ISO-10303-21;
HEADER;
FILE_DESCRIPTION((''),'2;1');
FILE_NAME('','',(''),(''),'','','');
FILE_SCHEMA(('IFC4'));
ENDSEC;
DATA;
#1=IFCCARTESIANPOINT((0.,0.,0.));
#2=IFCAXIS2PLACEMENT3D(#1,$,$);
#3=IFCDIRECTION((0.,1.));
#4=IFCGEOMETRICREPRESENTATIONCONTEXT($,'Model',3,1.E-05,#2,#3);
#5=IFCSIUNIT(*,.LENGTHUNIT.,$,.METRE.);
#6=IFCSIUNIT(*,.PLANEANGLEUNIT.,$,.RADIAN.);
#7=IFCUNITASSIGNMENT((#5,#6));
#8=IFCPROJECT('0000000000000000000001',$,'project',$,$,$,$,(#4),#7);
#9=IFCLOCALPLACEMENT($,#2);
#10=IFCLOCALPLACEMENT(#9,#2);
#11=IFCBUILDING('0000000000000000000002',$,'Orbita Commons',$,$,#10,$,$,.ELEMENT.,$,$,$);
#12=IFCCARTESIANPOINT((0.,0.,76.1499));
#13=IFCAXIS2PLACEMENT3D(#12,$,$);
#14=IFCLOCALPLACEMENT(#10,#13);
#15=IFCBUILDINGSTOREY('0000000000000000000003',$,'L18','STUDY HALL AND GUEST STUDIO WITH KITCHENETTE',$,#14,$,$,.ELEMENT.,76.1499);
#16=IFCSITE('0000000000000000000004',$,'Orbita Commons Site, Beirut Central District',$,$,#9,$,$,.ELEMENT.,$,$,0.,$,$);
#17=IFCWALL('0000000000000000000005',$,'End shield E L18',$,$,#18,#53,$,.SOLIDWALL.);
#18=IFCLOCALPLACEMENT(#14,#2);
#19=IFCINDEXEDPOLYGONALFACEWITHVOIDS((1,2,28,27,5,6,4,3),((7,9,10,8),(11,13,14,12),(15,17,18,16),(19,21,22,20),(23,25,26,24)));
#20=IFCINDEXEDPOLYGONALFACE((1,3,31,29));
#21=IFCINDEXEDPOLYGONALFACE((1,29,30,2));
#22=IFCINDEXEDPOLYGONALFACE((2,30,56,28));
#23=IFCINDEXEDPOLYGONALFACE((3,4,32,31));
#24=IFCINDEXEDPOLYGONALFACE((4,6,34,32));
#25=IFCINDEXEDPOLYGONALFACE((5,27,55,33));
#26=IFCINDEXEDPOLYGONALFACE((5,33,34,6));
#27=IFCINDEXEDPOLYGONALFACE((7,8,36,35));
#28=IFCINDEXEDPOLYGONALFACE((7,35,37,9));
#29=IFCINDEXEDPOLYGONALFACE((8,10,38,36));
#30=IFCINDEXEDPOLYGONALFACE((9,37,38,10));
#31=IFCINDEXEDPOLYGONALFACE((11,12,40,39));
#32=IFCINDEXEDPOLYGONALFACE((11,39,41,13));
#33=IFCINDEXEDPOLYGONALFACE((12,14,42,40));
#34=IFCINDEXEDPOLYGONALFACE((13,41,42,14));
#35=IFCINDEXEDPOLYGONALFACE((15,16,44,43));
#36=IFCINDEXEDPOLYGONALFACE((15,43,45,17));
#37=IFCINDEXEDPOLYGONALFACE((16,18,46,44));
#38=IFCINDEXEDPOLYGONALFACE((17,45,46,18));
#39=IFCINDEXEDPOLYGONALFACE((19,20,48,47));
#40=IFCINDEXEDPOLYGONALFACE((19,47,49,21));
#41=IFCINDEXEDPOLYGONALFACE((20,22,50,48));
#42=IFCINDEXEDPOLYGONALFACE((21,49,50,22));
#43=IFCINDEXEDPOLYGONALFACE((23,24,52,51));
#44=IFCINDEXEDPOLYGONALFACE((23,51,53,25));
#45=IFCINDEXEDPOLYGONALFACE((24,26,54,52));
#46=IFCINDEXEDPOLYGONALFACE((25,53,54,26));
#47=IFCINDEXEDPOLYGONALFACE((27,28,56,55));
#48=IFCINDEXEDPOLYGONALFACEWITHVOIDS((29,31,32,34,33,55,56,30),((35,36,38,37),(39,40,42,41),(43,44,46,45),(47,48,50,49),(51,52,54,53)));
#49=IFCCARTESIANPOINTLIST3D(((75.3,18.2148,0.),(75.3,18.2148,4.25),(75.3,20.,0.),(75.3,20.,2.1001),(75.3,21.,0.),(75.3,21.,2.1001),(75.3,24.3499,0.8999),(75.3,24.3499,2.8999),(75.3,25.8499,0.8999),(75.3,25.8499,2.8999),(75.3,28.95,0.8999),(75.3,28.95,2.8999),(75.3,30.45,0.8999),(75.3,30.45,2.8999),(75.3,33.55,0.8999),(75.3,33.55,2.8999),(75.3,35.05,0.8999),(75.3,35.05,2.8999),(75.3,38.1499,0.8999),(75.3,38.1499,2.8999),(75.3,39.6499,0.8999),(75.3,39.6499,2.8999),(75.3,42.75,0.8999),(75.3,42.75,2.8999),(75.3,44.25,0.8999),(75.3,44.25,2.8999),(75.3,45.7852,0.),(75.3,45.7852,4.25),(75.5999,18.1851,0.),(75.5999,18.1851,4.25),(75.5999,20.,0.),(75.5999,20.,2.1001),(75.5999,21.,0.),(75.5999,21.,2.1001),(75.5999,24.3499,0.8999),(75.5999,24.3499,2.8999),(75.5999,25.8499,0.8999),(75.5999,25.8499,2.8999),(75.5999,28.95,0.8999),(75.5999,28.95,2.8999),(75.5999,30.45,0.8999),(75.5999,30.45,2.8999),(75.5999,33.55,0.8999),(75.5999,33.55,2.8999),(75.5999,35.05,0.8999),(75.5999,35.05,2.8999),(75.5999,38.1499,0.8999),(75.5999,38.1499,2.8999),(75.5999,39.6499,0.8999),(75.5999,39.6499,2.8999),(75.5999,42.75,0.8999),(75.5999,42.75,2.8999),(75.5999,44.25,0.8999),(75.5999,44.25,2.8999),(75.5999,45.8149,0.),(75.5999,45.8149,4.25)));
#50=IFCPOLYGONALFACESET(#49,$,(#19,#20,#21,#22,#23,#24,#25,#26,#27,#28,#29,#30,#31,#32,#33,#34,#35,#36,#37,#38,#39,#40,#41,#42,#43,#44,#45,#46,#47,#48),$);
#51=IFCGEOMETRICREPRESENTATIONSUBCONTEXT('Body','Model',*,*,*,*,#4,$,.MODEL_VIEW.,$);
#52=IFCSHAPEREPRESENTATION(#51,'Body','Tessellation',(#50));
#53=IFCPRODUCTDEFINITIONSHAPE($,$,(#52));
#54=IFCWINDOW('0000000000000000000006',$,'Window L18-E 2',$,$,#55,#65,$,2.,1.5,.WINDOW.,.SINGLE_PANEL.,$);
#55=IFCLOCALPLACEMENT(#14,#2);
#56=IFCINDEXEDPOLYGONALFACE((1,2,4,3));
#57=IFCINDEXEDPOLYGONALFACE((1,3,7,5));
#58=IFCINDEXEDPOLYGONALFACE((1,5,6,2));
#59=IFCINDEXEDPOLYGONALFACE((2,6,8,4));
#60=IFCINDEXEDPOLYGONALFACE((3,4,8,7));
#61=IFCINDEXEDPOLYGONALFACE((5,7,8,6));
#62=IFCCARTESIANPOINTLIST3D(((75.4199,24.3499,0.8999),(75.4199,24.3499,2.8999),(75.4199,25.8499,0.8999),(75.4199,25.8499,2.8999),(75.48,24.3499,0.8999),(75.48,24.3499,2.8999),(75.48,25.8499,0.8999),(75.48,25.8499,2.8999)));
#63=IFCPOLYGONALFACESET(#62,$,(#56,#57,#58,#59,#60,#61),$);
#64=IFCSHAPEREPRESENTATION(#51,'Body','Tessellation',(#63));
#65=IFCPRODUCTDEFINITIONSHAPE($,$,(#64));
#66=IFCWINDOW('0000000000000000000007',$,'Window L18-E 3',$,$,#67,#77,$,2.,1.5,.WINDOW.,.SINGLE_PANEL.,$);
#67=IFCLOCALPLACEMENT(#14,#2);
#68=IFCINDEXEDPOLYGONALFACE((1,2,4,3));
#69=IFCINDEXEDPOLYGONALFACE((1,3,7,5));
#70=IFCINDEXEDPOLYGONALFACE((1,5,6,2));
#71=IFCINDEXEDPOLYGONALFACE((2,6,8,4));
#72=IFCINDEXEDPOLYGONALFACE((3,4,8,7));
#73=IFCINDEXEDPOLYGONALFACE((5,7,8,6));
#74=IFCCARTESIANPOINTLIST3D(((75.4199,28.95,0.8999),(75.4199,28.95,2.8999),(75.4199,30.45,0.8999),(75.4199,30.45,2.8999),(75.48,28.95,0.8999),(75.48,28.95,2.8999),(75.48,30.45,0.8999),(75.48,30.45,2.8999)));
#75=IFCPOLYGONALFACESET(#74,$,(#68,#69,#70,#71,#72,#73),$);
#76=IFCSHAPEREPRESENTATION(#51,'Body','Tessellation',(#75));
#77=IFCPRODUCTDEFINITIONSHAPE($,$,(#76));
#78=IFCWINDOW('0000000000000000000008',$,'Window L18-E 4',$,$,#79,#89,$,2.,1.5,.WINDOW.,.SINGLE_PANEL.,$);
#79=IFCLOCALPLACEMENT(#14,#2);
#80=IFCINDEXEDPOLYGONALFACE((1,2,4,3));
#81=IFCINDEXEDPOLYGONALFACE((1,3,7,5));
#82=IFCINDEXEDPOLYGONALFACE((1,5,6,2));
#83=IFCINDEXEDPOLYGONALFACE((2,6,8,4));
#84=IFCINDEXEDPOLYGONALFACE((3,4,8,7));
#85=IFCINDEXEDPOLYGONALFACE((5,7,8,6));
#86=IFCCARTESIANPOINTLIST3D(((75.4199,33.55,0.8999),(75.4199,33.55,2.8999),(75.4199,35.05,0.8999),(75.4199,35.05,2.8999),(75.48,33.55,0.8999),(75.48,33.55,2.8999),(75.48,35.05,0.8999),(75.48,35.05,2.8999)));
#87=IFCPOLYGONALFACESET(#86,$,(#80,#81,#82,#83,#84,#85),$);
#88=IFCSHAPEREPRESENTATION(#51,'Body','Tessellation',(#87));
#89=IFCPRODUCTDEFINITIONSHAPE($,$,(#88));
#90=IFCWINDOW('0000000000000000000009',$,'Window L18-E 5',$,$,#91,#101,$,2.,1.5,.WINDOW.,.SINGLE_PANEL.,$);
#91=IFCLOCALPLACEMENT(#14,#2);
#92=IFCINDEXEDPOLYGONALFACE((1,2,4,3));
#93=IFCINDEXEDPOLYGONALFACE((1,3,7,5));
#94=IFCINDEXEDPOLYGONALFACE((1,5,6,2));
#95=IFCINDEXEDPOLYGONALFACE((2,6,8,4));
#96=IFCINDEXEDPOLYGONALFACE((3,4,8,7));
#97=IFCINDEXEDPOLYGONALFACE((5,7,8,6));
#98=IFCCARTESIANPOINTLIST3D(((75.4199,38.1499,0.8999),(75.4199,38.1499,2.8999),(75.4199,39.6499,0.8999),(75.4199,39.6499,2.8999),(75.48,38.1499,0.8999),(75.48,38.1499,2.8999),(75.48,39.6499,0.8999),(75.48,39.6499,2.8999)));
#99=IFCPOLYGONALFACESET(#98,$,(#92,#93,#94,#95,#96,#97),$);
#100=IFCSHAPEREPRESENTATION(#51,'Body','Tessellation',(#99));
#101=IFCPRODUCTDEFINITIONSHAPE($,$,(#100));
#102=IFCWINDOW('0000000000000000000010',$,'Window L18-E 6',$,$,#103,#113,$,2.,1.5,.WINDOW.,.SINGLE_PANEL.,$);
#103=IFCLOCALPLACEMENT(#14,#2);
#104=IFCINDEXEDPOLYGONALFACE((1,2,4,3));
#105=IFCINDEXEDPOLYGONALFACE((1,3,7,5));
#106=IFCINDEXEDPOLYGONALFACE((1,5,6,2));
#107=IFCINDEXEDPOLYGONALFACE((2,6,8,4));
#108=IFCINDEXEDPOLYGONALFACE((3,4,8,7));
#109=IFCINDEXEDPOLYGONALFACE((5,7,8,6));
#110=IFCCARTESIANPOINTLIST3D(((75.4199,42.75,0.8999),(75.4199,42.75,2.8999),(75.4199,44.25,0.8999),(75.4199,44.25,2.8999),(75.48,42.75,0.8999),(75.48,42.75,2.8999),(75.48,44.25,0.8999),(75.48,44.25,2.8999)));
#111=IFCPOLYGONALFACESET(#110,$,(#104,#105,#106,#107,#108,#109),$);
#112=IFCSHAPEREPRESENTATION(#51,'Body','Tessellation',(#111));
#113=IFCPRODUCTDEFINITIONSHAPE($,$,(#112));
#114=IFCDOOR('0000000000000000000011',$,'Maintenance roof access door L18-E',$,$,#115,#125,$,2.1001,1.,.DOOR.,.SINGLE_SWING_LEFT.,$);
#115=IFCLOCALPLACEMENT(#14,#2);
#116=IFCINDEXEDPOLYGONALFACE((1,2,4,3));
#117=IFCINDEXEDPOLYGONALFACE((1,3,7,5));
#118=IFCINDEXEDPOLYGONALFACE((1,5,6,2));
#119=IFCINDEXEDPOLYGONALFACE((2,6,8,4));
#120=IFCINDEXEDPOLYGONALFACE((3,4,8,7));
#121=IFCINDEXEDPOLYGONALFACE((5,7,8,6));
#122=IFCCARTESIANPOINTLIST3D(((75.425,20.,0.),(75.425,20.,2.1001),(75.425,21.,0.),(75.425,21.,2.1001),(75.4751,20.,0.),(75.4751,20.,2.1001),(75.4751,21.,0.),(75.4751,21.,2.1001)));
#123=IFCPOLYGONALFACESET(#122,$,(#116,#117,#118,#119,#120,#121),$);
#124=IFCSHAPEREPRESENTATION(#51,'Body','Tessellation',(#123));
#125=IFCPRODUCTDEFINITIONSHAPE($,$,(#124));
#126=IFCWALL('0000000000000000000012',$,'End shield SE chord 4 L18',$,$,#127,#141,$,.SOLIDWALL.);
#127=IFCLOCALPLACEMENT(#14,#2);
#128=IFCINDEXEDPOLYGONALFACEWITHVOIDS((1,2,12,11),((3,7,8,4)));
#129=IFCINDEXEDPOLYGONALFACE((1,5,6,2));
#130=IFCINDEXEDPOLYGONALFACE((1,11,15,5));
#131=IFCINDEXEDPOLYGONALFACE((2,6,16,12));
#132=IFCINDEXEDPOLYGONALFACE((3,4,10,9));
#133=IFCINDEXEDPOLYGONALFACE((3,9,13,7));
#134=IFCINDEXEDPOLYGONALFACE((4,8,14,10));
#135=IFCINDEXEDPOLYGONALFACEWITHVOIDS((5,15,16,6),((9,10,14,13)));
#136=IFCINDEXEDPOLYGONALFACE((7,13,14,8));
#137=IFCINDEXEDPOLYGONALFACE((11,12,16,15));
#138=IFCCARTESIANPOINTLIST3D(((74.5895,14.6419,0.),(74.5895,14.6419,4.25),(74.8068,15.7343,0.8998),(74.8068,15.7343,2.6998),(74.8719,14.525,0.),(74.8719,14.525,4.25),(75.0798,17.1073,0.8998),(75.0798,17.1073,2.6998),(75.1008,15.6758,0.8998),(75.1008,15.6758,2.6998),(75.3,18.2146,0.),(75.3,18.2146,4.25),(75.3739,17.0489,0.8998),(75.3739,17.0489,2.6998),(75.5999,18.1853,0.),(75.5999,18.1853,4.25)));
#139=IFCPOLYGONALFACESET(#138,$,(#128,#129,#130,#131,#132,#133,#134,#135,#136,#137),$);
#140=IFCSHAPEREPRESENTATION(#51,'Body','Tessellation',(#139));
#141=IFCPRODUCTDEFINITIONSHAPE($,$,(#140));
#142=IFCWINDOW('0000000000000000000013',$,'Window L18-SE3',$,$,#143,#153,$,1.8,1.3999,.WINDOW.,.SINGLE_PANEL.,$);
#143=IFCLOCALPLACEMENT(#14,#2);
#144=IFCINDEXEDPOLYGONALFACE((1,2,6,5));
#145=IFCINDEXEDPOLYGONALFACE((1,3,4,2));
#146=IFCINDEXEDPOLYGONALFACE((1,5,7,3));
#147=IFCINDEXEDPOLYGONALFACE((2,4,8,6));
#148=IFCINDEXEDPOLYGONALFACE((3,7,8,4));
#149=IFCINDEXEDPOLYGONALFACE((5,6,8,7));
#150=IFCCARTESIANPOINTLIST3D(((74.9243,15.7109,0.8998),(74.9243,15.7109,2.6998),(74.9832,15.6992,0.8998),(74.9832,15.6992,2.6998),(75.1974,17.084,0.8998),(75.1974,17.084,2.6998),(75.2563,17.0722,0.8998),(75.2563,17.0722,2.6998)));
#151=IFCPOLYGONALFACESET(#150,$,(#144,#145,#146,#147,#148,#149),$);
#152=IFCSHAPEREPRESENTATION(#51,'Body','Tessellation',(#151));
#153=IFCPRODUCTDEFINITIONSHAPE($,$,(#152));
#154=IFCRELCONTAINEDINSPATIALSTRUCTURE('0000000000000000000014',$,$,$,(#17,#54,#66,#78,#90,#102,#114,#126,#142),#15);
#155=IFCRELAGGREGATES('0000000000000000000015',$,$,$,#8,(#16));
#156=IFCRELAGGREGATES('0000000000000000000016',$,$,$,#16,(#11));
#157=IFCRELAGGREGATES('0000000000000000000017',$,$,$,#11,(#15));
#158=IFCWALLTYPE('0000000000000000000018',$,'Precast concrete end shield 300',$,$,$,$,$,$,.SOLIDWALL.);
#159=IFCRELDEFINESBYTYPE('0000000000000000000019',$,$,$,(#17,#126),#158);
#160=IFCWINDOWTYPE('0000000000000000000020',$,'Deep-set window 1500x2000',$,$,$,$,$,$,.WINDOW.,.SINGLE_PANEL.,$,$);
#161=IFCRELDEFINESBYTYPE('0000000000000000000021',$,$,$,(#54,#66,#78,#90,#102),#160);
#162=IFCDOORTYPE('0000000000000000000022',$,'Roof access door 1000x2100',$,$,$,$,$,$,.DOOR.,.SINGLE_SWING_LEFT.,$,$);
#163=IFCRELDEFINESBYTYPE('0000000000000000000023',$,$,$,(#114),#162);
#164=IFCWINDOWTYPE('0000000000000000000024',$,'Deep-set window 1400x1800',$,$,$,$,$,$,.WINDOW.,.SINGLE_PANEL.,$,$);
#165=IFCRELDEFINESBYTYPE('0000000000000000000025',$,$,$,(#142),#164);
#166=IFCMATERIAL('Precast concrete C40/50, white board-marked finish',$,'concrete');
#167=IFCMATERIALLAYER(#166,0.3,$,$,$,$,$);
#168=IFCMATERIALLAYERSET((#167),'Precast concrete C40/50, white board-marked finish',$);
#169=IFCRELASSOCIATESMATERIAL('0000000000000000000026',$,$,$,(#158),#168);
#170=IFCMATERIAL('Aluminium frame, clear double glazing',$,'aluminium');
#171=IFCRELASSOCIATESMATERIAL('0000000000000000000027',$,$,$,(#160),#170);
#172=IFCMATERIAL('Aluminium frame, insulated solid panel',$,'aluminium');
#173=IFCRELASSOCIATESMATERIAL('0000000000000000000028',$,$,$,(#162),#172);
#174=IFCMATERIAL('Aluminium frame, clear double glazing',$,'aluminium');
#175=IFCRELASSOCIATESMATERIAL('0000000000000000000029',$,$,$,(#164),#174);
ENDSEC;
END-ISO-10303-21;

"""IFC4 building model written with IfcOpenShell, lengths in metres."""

from ifc_helpers import new_model, si_unit, direction, frame, frame_2d, origin, place, context, subcontext, project, spatial, polyline, rectangle, outline, extrude, material, layer, layer_set, type_object, element, fill, save


model = new_model("IFC4")

# Units and contexts
model_context = context("Model", 3, precision=1e-05, world=origin(), true_north=direction((0.0, 1.0)))
body_context = subcontext(model_context, "Body", "Model", "MODEL_VIEW")
ifc_project = project(units=[si_unit("LENGTHUNIT", "METRE"), si_unit("PLANEANGLEUNIT", "RADIAN")], contexts=[model_context])

# Site, building, storey
site_placement = place(None, origin())
site = spatial("IfcSite", under=ifc_project, at=site_placement, Name="Orbita Commons Site, Beirut Central District", CompositionType="ELEMENT", RefElevation=0.0)
building_placement = place(site_placement, origin())
building = spatial("IfcBuilding", under=site, at=building_placement, Name="Orbita Commons", CompositionType="ELEMENT")
storey_placement = place(building_placement, frame((0.0, 0.0, 76.1499)))
storey = spatial("IfcBuildingStorey", under=building, at=storey_placement, Name="L18", Description="STUDY HALL AND GUEST STUDIO WITH KITCHENETTE", CompositionType="ELEMENT", Elevation=76.1499)

# Wall, openings, windows, door
ifc_material_1 = material(Name="Precast concrete C40/50, white board-marked finish", Category="concrete")
ifc_layer_1 = layer(ifc_material_1, 0.3)
ifc_layer_set_1 = layer_set([ifc_layer_1], Name="Precast concrete C40/50, white board-marked finish")
wall_type_1 = type_object("IfcWallType", Name="Precast concrete end shield 300", PredefinedType="SOLIDWALL", material=ifc_layer_set_1)
wall_1_placement = place(storey_placement, frame((75.45, 18.2, 0.0), z_axis=(0.0, 0.0, 1.0), x_axis=(0.0, 1.0, 0.0)))
wall_1 = element("IfcWall", 1, at=wall_1_placement, inside=storey, type_object=wall_type_1, Name="End shield E L18", PredefinedType="SOLIDWALL", context=body_context, shape_type="SweptSolid", body=[
    extrude(outline(polyline([(-0.0149, -0.1499), (27.615, -0.1499), (27.5852, 0.1499), (0.0149, 0.1499), (-0.0149, -0.1499)])), origin(), (0.0, 0.0, 1.0), 4.25),
])
opening_1_placement = place(wall_1_placement, frame((1.8, 0.0, 0.0)))
opening_1 = element("IfcOpeningElement", 2, at=opening_1_placement, cuts=wall_1, PredefinedType="OPENING", context=body_context, shape_type="SweptSolid", body=[
    extrude(rectangle(XDim=1.0, YDim=2.1001, at=frame_2d((0.5, 1.05))), frame((0.0, 0.1599, 0.0), z_axis=(0.0, -1.0, 0.0), x_axis=(1.0, 0.0, 0.0)), (0.0, 0.0, 1.0), 0.3201),
])
opening_2_placement = place(wall_1_placement, frame((6.1499, 0.0, 0.8999)))
opening_2 = element("IfcOpeningElement", 3, at=opening_2_placement, cuts=wall_1, PredefinedType="OPENING", context=body_context, shape_type="SweptSolid", body=[
    extrude(rectangle(XDim=1.5, YDim=2.0, at=frame_2d((0.75, 1.0))), frame((0.0, 0.1599, 0.0), z_axis=(0.0, -1.0, 0.0), x_axis=(1.0, 0.0, 0.0)), (0.0, 0.0, 1.0), 0.3201),
])
opening_3_placement = place(wall_1_placement, frame((10.75, 0.0, 0.8999)))
opening_3 = element("IfcOpeningElement", 4, at=opening_3_placement, cuts=wall_1, PredefinedType="OPENING", context=body_context, shape_type="SweptSolid", body=[
    extrude(rectangle(XDim=1.5, YDim=2.0, at=frame_2d((0.75, 1.0))), frame((0.0, 0.1599, 0.0), z_axis=(0.0, -1.0, 0.0), x_axis=(1.0, 0.0, 0.0)), (0.0, 0.0, 1.0), 0.3201),
])
opening_4_placement = place(wall_1_placement, frame((15.3501, 0.0, 0.8999)))
opening_4 = element("IfcOpeningElement", 5, at=opening_4_placement, cuts=wall_1, PredefinedType="OPENING", context=body_context, shape_type="SweptSolid", body=[
    extrude(rectangle(XDim=1.5, YDim=2.0, at=frame_2d((0.75, 1.0))), frame((0.0, 0.1599, 0.0), z_axis=(0.0, -1.0, 0.0), x_axis=(1.0, 0.0, 0.0)), (0.0, 0.0, 1.0), 0.3201),
])
opening_5_placement = place(wall_1_placement, frame((19.95, 0.0, 0.8999)))
opening_5 = element("IfcOpeningElement", 6, at=opening_5_placement, cuts=wall_1, PredefinedType="OPENING", context=body_context, shape_type="SweptSolid", body=[
    extrude(rectangle(XDim=1.5, YDim=2.0, at=frame_2d((0.75, 1.0))), frame((0.0, 0.1599, 0.0), z_axis=(0.0, -1.0, 0.0), x_axis=(1.0, 0.0, 0.0)), (0.0, 0.0, 1.0), 0.3201),
])
opening_6_placement = place(wall_1_placement, frame((24.55, 0.0, 0.8999)))
opening_6 = element("IfcOpeningElement", 7, at=opening_6_placement, cuts=wall_1, PredefinedType="OPENING", context=body_context, shape_type="SweptSolid", body=[
    extrude(rectangle(XDim=1.5, YDim=2.0, at=frame_2d((0.75, 1.0))), frame((0.0, 0.1599, 0.0), z_axis=(0.0, -1.0, 0.0), x_axis=(1.0, 0.0, 0.0)), (0.0, 0.0, 1.0), 0.3201),
])
ifc_material_2 = material(Name="Aluminium frame, clear double glazing", Category="aluminium")
window_type_1 = type_object("IfcWindowType", Name="Deep-set window 1500x2000", PartitioningType="SINGLE_PANEL", PredefinedType="WINDOW", material=ifc_material_2)
window_1_placement = place(opening_2_placement, origin())
window_1 = element("IfcWindow", 8, at=window_1_placement, inside=storey, type_object=window_type_1, Name="Window L18-E 2", OverallHeight=2.0, OverallWidth=1.5, PartitioningType="SINGLE_PANEL", PredefinedType="WINDOW", context=body_context, shape_type="SweptSolid", body=[
    extrude(rectangle(XDim=1.5, YDim=2.0, at=frame_2d((0.75, 1.0))), frame((0.0, 0.03, 0.0), z_axis=(0.0, -1.0, 0.0), x_axis=(1.0, 0.0, 0.0)), (0.0, 0.0, 1.0), 0.0601),
])
fill(opening_2, window_1)
window_2_placement = place(opening_3_placement, origin())
window_2 = element("IfcWindow", 9, at=window_2_placement, inside=storey, type_object=window_type_1, Name="Window L18-E 3", OverallHeight=2.0, OverallWidth=1.5, PartitioningType="SINGLE_PANEL", PredefinedType="WINDOW", context=body_context, shape_type="SweptSolid", body=[
    extrude(rectangle(XDim=1.5, YDim=2.0, at=frame_2d((0.75, 1.0))), frame((0.0, 0.03, 0.0), z_axis=(0.0, -1.0, 0.0), x_axis=(1.0, 0.0, 0.0)), (0.0, 0.0, 1.0), 0.0601),
])
fill(opening_3, window_2)
window_3_placement = place(opening_4_placement, origin())
window_3 = element("IfcWindow", 10, at=window_3_placement, inside=storey, type_object=window_type_1, Name="Window L18-E 4", OverallHeight=2.0, OverallWidth=1.5, PartitioningType="SINGLE_PANEL", PredefinedType="WINDOW", context=body_context, shape_type="SweptSolid", body=[
    extrude(rectangle(XDim=1.5, YDim=2.0, at=frame_2d((0.75, 1.0))), frame((0.0, 0.03, 0.0), z_axis=(0.0, -1.0, 0.0), x_axis=(1.0, 0.0, 0.0)), (0.0, 0.0, 1.0), 0.0601),
])
fill(opening_4, window_3)
window_4_placement = place(opening_5_placement, origin())
window_4 = element("IfcWindow", 11, at=window_4_placement, inside=storey, type_object=window_type_1, Name="Window L18-E 5", OverallHeight=2.0, OverallWidth=1.5, PartitioningType="SINGLE_PANEL", PredefinedType="WINDOW", context=body_context, shape_type="SweptSolid", body=[
    extrude(rectangle(XDim=1.5, YDim=2.0, at=frame_2d((0.75, 1.0))), frame((0.0, 0.03, 0.0), z_axis=(0.0, -1.0, 0.0), x_axis=(1.0, 0.0, 0.0)), (0.0, 0.0, 1.0), 0.0601),
])
fill(opening_5, window_4)
window_5_placement = place(opening_6_placement, origin())
window_5 = element("IfcWindow", 12, at=window_5_placement, inside=storey, type_object=window_type_1, Name="Window L18-E 6", OverallHeight=2.0, OverallWidth=1.5, PartitioningType="SINGLE_PANEL", PredefinedType="WINDOW", context=body_context, shape_type="SweptSolid", body=[
    extrude(rectangle(XDim=1.5, YDim=2.0, at=frame_2d((0.75, 1.0))), frame((0.0, 0.03, 0.0), z_axis=(0.0, -1.0, 0.0), x_axis=(1.0, 0.0, 0.0)), (0.0, 0.0, 1.0), 0.0601),
])
fill(opening_6, window_5)
ifc_material_3 = material(Name="Aluminium frame, insulated solid panel", Category="aluminium")
door_type_1 = type_object("IfcDoorType", Name="Roof access door 1000x2100", OperationType="SINGLE_SWING_LEFT", PredefinedType="DOOR", material=ifc_material_3)
door_1_placement = place(opening_1_placement, origin())
door_1 = element("IfcDoor", 13, at=door_1_placement, inside=storey, type_object=door_type_1, Name="Maintenance roof access door L18-E", OperationType="SINGLE_SWING_LEFT", OverallHeight=2.1001, OverallWidth=1.0, PredefinedType="DOOR", context=body_context, shape_type="SweptSolid", body=[
    extrude(rectangle(XDim=1.0, YDim=2.1001, at=frame_2d((0.5, 1.05))), frame((0.0, 0.0249, 0.0), z_axis=(0.0, -1.0, 0.0), x_axis=(1.0, 0.0, 0.0)), (0.0, 0.0, 1.0), 0.05),
])
fill(opening_1, door_1)

# Wall, opening, window
wall_2_placement = place(storey_placement, frame((74.7307, 14.5835, 0.0), z_axis=(0.0, 0.0, 1.0), x_axis=(0.195059, 0.980791, 0.0)))
wall_2 = element("IfcWall", 14, at=wall_2_placement, inside=storey, type_object=wall_type_1, Name="End shield SE chord 4 L18", PredefinedType="SOLIDWALL", context=body_context, shape_type="SweptSolid", body=[
    extrude(outline(polyline([(-0.0298, -0.1499), (3.7021, -0.1499), (3.6724, 0.1499), (0.0298, 0.1499), (-0.0298, -0.1499)])), origin(), (0.0, 0.0, 1.0), 4.25),
])
opening_7_placement = place(wall_2_placement, frame((1.1436, 0.0, 0.8999)))
opening_7 = element("IfcOpeningElement", 15, at=opening_7_placement, cuts=wall_2, PredefinedType="OPENING", context=body_context, shape_type="SweptSolid", body=[
    extrude(rectangle(XDim=1.3999, YDim=1.8, at=frame_2d((0.7, 0.8999))), frame((0.0, 0.1599, 0.0), z_axis=(0.0, -1.0, 0.0), x_axis=(1.0, 0.0, 0.0)), (0.0, 0.0, 1.0), 0.3201),
])
ifc_material_4 = material(Name="Aluminium frame, clear double glazing", Category="aluminium")
window_type_2 = type_object("IfcWindowType", Name="Deep-set window 1400x1800", PartitioningType="SINGLE_PANEL", PredefinedType="WINDOW", material=ifc_material_4)
window_6_placement = place(opening_7_placement, origin())
window_6 = element("IfcWindow", 16, at=window_6_placement, inside=storey, type_object=window_type_2, Name="Window L18-SE3", OverallHeight=1.8, OverallWidth=1.3999, PartitioningType="SINGLE_PANEL", PredefinedType="WINDOW", context=body_context, shape_type="SweptSolid", body=[
    extrude(rectangle(XDim=1.3999, YDim=1.8, at=frame_2d((0.7, 0.8999))), frame((0.0, 0.03, 0.0), z_axis=(0.0, -1.0, 0.0), x_axis=(1.0, 0.0, 0.0)), (0.0, 0.0, 1.0), 0.0601),
])
fill(opening_7, window_6)

save(model, "model.ifc")
